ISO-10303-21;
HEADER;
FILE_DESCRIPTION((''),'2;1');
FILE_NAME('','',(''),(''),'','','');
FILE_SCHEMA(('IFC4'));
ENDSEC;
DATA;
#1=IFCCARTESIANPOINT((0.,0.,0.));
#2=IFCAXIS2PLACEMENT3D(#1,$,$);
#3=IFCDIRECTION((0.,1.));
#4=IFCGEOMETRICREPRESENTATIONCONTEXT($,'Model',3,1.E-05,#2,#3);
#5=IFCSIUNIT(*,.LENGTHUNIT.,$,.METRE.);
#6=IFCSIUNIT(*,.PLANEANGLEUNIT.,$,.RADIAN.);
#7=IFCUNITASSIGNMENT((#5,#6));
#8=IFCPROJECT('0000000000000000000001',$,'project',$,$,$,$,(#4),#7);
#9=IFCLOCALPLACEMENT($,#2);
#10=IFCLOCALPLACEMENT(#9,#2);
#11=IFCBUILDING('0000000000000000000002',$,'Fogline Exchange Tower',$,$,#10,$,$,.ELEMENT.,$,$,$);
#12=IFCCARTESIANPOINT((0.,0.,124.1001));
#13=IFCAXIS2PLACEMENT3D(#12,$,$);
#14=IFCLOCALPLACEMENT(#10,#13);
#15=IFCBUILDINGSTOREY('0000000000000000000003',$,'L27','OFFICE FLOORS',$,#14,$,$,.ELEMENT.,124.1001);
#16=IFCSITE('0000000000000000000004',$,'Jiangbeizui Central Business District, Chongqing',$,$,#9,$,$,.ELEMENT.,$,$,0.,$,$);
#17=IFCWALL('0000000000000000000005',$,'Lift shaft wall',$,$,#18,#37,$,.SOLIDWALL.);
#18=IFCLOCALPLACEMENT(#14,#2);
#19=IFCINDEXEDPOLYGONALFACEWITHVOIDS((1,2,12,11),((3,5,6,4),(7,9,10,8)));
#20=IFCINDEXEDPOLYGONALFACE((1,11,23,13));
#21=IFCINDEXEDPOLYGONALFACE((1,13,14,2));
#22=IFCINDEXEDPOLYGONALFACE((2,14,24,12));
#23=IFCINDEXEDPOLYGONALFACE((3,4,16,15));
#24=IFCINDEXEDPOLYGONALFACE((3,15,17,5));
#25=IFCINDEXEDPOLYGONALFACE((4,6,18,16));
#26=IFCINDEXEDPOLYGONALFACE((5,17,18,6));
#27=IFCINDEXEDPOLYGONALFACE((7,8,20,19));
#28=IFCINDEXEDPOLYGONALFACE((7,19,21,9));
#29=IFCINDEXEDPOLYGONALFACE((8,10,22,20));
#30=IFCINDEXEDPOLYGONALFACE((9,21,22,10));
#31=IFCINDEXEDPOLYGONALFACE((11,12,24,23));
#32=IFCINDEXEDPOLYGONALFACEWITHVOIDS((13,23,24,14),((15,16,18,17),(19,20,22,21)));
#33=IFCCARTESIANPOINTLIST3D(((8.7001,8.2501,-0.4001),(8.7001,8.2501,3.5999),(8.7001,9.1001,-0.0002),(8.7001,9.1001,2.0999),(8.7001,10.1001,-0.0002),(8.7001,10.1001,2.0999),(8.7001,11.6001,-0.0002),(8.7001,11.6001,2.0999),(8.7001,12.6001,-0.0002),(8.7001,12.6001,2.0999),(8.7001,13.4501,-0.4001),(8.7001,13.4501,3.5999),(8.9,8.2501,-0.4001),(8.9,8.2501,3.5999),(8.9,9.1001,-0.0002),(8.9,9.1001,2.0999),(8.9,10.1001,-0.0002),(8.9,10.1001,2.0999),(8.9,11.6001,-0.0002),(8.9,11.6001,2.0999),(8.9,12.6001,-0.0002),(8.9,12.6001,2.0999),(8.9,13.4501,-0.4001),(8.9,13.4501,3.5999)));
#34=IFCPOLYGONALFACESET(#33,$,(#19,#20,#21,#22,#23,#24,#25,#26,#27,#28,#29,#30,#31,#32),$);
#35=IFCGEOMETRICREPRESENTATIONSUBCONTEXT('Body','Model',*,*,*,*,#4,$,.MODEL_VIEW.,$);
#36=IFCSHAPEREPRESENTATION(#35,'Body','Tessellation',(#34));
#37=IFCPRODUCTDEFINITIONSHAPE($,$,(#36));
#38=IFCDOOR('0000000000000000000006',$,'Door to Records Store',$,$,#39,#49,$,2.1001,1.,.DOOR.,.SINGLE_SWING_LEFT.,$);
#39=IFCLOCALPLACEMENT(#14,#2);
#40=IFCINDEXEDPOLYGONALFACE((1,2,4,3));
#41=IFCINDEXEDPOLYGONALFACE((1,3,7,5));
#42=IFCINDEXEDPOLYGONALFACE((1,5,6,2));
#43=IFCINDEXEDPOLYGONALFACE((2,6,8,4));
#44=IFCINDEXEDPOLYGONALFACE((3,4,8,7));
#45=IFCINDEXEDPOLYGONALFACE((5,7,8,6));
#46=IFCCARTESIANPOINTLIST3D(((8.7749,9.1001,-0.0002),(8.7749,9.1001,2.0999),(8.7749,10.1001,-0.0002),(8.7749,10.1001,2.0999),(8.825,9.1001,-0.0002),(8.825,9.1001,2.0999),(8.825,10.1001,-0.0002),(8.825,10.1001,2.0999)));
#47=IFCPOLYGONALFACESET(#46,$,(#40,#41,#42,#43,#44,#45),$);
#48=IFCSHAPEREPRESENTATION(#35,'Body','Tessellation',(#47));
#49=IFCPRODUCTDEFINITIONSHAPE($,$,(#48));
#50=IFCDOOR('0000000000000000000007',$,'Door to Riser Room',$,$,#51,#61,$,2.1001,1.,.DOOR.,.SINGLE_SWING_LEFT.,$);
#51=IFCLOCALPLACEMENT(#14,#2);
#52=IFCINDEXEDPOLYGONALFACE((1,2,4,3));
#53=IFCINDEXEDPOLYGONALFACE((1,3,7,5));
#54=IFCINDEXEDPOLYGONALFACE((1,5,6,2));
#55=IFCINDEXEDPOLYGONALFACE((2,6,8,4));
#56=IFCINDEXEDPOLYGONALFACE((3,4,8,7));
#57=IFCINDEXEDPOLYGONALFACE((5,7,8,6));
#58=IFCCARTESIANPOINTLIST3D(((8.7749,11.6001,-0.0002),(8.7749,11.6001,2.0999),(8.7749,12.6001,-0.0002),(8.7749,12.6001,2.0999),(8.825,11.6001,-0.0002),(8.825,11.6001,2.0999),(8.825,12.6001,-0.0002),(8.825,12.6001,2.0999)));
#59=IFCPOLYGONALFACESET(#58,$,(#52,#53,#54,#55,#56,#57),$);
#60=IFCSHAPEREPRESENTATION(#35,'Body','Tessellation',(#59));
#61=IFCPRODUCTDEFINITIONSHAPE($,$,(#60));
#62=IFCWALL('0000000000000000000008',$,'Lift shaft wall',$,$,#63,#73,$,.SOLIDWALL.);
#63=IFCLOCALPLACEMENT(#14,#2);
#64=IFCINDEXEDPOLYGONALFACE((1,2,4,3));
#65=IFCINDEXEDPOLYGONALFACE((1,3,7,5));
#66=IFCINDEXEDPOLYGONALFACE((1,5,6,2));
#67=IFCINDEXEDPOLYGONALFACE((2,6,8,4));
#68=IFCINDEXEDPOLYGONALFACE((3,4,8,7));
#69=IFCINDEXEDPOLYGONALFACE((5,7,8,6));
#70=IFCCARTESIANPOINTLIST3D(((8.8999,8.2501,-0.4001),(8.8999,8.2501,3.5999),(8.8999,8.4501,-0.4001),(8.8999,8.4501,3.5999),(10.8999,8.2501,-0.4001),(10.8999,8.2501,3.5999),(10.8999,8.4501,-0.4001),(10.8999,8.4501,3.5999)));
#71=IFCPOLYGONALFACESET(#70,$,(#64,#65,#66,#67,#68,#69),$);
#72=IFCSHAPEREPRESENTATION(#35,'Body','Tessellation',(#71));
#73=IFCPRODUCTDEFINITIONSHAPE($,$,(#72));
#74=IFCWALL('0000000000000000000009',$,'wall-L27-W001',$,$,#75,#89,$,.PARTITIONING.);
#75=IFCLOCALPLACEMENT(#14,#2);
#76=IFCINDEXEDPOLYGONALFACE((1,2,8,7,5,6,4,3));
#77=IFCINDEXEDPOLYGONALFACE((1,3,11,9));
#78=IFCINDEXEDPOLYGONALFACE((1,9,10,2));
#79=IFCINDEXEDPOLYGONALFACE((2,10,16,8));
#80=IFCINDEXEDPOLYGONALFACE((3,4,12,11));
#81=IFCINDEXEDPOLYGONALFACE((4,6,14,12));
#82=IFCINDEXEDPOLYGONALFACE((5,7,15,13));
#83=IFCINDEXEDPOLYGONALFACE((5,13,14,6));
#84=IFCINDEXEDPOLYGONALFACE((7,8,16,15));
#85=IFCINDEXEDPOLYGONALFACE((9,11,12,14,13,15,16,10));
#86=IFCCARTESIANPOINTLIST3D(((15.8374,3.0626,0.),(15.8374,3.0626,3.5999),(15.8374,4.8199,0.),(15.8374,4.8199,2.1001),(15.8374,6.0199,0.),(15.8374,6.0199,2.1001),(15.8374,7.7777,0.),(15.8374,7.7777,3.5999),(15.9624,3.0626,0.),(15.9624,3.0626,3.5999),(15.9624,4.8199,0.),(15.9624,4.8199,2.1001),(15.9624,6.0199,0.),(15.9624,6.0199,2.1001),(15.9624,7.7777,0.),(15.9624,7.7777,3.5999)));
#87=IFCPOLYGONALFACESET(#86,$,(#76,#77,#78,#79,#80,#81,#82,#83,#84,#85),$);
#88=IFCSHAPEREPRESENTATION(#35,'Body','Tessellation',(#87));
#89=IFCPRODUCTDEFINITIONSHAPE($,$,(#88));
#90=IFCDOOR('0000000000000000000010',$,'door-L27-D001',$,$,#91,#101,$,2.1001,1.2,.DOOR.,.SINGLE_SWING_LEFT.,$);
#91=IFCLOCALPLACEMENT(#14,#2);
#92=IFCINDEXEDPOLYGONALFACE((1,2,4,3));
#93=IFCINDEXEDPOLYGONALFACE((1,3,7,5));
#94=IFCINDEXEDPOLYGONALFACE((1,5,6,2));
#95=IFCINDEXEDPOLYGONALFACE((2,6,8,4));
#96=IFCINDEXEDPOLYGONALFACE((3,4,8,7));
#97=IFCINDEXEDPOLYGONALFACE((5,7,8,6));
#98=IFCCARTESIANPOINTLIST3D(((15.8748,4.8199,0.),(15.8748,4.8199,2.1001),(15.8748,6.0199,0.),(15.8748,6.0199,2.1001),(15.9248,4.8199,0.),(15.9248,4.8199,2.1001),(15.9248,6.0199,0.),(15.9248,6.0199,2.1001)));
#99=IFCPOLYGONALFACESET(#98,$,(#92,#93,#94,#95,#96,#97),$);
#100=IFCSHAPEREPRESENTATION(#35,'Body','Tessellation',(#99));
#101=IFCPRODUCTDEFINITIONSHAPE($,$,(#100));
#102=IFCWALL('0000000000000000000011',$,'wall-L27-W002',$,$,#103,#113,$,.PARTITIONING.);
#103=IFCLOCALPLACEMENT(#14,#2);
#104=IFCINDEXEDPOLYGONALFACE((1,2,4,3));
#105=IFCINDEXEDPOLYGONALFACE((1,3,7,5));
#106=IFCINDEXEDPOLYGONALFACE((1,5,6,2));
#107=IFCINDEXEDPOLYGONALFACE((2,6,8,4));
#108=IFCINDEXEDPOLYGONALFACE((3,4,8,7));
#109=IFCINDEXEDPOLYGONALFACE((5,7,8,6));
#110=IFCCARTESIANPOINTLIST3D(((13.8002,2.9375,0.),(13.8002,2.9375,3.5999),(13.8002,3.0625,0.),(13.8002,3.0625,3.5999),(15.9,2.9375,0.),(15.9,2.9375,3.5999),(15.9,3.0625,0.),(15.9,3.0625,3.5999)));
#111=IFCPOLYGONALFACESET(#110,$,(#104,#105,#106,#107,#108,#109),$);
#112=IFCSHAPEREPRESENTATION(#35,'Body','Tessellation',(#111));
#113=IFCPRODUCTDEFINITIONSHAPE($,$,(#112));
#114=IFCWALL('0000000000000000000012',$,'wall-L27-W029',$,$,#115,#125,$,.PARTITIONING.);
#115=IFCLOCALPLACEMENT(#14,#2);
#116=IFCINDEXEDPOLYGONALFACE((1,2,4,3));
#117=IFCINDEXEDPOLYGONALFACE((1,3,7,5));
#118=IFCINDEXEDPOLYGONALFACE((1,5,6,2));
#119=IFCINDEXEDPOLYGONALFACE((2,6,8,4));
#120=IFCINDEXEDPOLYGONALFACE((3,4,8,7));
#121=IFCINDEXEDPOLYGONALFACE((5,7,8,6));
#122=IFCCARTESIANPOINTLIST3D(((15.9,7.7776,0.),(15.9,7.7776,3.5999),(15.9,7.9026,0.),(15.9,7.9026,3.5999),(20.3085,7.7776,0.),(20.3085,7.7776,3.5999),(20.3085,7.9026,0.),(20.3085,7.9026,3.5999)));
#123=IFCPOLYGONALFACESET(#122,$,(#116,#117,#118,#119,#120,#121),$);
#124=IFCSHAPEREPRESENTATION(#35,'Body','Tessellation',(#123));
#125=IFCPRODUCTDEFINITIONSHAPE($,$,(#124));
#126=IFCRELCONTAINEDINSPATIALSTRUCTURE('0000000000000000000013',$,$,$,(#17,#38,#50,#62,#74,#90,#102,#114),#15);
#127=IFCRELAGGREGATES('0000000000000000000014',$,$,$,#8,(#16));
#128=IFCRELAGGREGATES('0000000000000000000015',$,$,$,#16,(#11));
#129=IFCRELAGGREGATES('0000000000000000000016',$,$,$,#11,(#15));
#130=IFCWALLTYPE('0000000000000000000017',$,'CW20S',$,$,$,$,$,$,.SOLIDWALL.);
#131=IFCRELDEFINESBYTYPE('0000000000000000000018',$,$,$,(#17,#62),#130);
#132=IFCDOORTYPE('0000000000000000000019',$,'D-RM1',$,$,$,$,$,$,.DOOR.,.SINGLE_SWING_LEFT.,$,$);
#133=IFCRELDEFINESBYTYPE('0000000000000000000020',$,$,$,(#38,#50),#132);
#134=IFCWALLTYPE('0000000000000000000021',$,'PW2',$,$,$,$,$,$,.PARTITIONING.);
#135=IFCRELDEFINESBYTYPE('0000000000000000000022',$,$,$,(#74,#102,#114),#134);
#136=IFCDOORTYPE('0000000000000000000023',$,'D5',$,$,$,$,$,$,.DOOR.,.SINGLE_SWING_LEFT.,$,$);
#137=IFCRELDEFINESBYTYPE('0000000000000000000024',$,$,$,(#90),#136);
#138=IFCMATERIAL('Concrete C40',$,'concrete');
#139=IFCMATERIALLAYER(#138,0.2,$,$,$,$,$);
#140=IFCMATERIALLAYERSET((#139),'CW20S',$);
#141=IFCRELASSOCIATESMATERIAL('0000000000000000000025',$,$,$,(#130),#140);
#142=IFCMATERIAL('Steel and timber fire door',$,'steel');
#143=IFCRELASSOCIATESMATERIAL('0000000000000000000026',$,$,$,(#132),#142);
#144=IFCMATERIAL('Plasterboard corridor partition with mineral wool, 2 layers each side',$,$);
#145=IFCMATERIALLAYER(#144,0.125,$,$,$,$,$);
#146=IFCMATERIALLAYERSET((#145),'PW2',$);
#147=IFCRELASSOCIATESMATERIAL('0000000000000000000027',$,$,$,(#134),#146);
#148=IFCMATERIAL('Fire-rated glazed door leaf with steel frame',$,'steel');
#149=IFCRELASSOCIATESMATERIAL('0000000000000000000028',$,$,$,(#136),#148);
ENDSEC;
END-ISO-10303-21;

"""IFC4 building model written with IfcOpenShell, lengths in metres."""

from ifc_helpers import new_model, si_unit, direction, frame, frame_2d, origin, place, context, subcontext, project, spatial, rectangle, extrude, material, layer, layer_set, type_object, element, fill, save


model = new_model("IFC4")

# Units and contexts
model_context = context("Model", 3, precision=1e-05, world=origin(), true_north=direction((0.0, 1.0)))
body_context = subcontext(model_context, "Body", "Model", "MODEL_VIEW")
ifc_project = project(units=[si_unit("LENGTHUNIT", "METRE"), si_unit("PLANEANGLEUNIT", "RADIAN")], contexts=[model_context])

# Site, building, storey
site_placement = place(None, origin())
site = spatial("IfcSite", under=ifc_project, at=site_placement, Name="Jiangbeizui Central Business District, Chongqing", CompositionType="ELEMENT", RefElevation=0.0)
building_placement = place(site_placement, origin())
building = spatial("IfcBuilding", under=site, at=building_placement, Name="Fogline Exchange Tower", CompositionType="ELEMENT")
storey_placement = place(building_placement, frame((0.0, 0.0, 124.1001)))
storey = spatial("IfcBuildingStorey", under=building, at=storey_placement, Name="L27", Description="OFFICE FLOORS", CompositionType="ELEMENT", Elevation=124.1001)

# Shared definitions
ifc_material_1 = material(Name="Concrete C40", Category="concrete")

# Shared definitions
ifc_material_2 = material(Name="Steel and timber fire door", Category="steel")

# Wall, openings, doors
ifc_layer_1 = layer(ifc_material_1, 0.2)
ifc_layer_set_1 = layer_set([ifc_layer_1], Name="CW20S")
wall_type_1 = type_object("IfcWallType", Name="CW20S", PredefinedType="SOLIDWALL", material=ifc_layer_set_1)
wall_1_placement = place(storey_placement, frame((8.8, 8.25, -0.4001), z_axis=(0.0, 0.0, 1.0), x_axis=(0.0, 1.0, 0.0)))
wall_1 = element("IfcWall", 1, at=wall_1_placement, inside=storey, type_object=wall_type_1, Name="Lift shaft wall", PredefinedType="SOLIDWALL", context=body_context, shape_type="SweptSolid", body=[
    extrude(rectangle(XDim=5.2, YDim=0.2, at=frame_2d((2.6001, 0.0))), origin(), (0.0, 0.0, 1.0), 4.0),
])
opening_1_placement = place(wall_1_placement, frame((0.8501, 0.0, 0.3999)))
opening_1 = element("IfcOpeningElement", 2, at=opening_1_placement, cuts=wall_1, PredefinedType="OPENING", context=body_context, shape_type="SweptSolid", body=[
    extrude(rectangle(XDim=1.0, YDim=2.1001, at=frame_2d((0.5, 1.05))), frame((0.0, 0.1099, 0.0), z_axis=(0.0, -1.0, 0.0), x_axis=(1.0, 0.0, 0.0)), (0.0, 0.0, 1.0), 0.22),
])
opening_2_placement = place(wall_1_placement, frame((3.3501, 0.0, 0.3999)))
opening_2 = element("IfcOpeningElement", 3, at=opening_2_placement, cuts=wall_1, PredefinedType="OPENING", context=body_context, shape_type="SweptSolid", body=[
    extrude(rectangle(XDim=1.0, YDim=2.1001, at=frame_2d((0.5, 1.05))), frame((0.0, 0.1099, 0.0), z_axis=(0.0, -1.0, 0.0), x_axis=(1.0, 0.0, 0.0)), (0.0, 0.0, 1.0), 0.22),
])
door_type_1 = type_object("IfcDoorType", Name="D-RM1", OperationType="SINGLE_SWING_LEFT", PredefinedType="DOOR", material=ifc_material_2)
door_1_placement = place(opening_1_placement, frame((1.0, 0.0, 0.0), z_axis=(0.0, 0.0, 1.0), x_axis=(-1.0, 0.0, 0.0)))
door_1 = element("IfcDoor", 4, at=door_1_placement, inside=storey, type_object=door_type_1, Name="Door to Records Store", OperationType="SINGLE_SWING_LEFT", OverallHeight=2.1001, OverallWidth=1.0, PredefinedType="DOOR", context=body_context, shape_type="SweptSolid", body=[
    extrude(rectangle(XDim=1.0, YDim=2.1001, at=frame_2d((0.5, 1.05))), frame((0.0, 0.0249, 0.0), z_axis=(0.0, -1.0, 0.0), x_axis=(1.0, 0.0, 0.0)), (0.0, 0.0, 1.0), 0.05),
])
fill(opening_1, door_1)
door_2_placement = place(opening_2_placement, frame((1.0, 0.0, 0.0), z_axis=(0.0, 0.0, 1.0), x_axis=(-1.0, 0.0, 0.0)))
door_2 = element("IfcDoor", 5, at=door_2_placement, inside=storey, type_object=door_type_1, Name="Door to Riser Room", OperationType="SINGLE_SWING_LEFT", OverallHeight=2.1001, OverallWidth=1.0, PredefinedType="DOOR", context=body_context, shape_type="SweptSolid", body=[
    extrude(rectangle(XDim=1.0, YDim=2.1001, at=frame_2d((0.5, 1.05))), frame((0.0, 0.0249, 0.0), z_axis=(0.0, -1.0, 0.0), x_axis=(1.0, 0.0, 0.0)), (0.0, 0.0, 1.0), 0.05),
])
fill(opening_2, door_2)

# Wall
wall_2_placement = place(storey_placement, frame((8.8999, 8.3501, -0.4001), z_axis=(0.0, 0.0, 1.0), x_axis=(1.0, 0.0, 0.0)))
element("IfcWall", 6, at=wall_2_placement, inside=storey, type_object=wall_type_1, Name="Lift shaft wall", PredefinedType="SOLIDWALL", context=body_context, shape_type="SweptSolid", body=[
    extrude(rectangle(XDim=2.0, YDim=0.2, at=frame_2d((1.0, 0.0))), origin(), (0.0, 0.0, 1.0), 4.0),
])

# Wall, opening, door
ifc_material_3 = material(Name="Plasterboard corridor partition with mineral wool, 2 layers each side")
ifc_layer_2 = layer(ifc_material_3, 0.125)
ifc_layer_set_2 = layer_set([ifc_layer_2], Name="PW2")
wall_type_2 = type_object("IfcWallType", Name="PW2", PredefinedType="PARTITIONING", material=ifc_layer_set_2)
wall_3_placement = place(storey_placement, frame((15.8999, 7.7776, 0.0), z_axis=(0.0, 0.0, 1.0), x_axis=(0.0, -1.0, 0.0)))
wall_3 = element("IfcWall", 7, at=wall_3_placement, inside=storey, type_object=wall_type_2, Name="wall-L27-W001", PredefinedType="PARTITIONING", context=body_context, shape_type="SweptSolid", body=[
    extrude(rectangle(XDim=4.7151, YDim=0.125, at=frame_2d((2.3574, 0.0))), origin(), (0.0, 0.0, 1.0), 3.5999),
])
opening_3_placement = place(wall_3_placement, frame((1.7576, 0.0, 0.0)))
opening_3 = element("IfcOpeningElement", 8, at=opening_3_placement, cuts=wall_3, PredefinedType="OPENING", context=body_context, shape_type="SweptSolid", body=[
    extrude(rectangle(XDim=1.2, YDim=2.1001, at=frame_2d((0.6001, 1.05))), frame((0.0, 0.0725, 0.0), z_axis=(0.0, -1.0, 0.0), x_axis=(1.0, 0.0, 0.0)), (0.0, 0.0, 1.0), 0.145),
])
ifc_material_4 = material(Name="Fire-rated glazed door leaf with steel frame", Category="steel")
door_type_2 = type_object("IfcDoorType", Name="D5", OperationType="SINGLE_SWING_LEFT", PredefinedType="DOOR", material=ifc_material_4)
door_3_placement = place(opening_3_placement, origin())
door_3 = element("IfcDoor", 9, at=door_3_placement, inside=storey, type_object=door_type_2, Name="door-L27-D001", OperationType="SINGLE_SWING_LEFT", OverallHeight=2.1001, OverallWidth=1.2, PredefinedType="DOOR", context=body_context, shape_type="SweptSolid", body=[
    extrude(rectangle(XDim=1.2, YDim=2.1001, at=frame_2d((0.6001, 1.05))), frame((0.0, 0.0249, 0.0), z_axis=(0.0, -1.0, 0.0), x_axis=(1.0, 0.0, 0.0)), (0.0, 0.0, 1.0), 0.05),
])
fill(opening_3, door_3)

# Walls
wall_4_placement = place(storey_placement, frame((15.8999, 3.0, 0.0), z_axis=(0.0, 0.0, 1.0), x_axis=(-1.0, 0.0, 0.0)))
element("IfcWall", 10, at=wall_4_placement, inside=storey, type_object=wall_type_2, Name="wall-L27-W002", PredefinedType="PARTITIONING", context=body_context, shape_type="SweptSolid", body=[
    extrude(rectangle(XDim=2.0999, YDim=0.125, at=frame_2d((1.0498, 0.0))), origin(), (0.0, 0.0, 1.0), 3.5999),
])
wall_5_placement = place(storey_placement, frame((20.3083, 7.8401, 0.0), z_axis=(0.0, 0.0, 1.0), x_axis=(-1.0, 0.0, 0.0)))
element("IfcWall", 11, at=wall_5_placement, inside=storey, type_object=wall_type_2, Name="wall-L27-W029", PredefinedType="PARTITIONING", context=body_context, shape_type="SweptSolid", body=[
    extrude(rectangle(XDim=4.4084, YDim=0.125, at=frame_2d((2.2041, 0.0))), origin(), (0.0, 0.0, 1.0), 3.5999),
])

save(model, "model.ifc")
